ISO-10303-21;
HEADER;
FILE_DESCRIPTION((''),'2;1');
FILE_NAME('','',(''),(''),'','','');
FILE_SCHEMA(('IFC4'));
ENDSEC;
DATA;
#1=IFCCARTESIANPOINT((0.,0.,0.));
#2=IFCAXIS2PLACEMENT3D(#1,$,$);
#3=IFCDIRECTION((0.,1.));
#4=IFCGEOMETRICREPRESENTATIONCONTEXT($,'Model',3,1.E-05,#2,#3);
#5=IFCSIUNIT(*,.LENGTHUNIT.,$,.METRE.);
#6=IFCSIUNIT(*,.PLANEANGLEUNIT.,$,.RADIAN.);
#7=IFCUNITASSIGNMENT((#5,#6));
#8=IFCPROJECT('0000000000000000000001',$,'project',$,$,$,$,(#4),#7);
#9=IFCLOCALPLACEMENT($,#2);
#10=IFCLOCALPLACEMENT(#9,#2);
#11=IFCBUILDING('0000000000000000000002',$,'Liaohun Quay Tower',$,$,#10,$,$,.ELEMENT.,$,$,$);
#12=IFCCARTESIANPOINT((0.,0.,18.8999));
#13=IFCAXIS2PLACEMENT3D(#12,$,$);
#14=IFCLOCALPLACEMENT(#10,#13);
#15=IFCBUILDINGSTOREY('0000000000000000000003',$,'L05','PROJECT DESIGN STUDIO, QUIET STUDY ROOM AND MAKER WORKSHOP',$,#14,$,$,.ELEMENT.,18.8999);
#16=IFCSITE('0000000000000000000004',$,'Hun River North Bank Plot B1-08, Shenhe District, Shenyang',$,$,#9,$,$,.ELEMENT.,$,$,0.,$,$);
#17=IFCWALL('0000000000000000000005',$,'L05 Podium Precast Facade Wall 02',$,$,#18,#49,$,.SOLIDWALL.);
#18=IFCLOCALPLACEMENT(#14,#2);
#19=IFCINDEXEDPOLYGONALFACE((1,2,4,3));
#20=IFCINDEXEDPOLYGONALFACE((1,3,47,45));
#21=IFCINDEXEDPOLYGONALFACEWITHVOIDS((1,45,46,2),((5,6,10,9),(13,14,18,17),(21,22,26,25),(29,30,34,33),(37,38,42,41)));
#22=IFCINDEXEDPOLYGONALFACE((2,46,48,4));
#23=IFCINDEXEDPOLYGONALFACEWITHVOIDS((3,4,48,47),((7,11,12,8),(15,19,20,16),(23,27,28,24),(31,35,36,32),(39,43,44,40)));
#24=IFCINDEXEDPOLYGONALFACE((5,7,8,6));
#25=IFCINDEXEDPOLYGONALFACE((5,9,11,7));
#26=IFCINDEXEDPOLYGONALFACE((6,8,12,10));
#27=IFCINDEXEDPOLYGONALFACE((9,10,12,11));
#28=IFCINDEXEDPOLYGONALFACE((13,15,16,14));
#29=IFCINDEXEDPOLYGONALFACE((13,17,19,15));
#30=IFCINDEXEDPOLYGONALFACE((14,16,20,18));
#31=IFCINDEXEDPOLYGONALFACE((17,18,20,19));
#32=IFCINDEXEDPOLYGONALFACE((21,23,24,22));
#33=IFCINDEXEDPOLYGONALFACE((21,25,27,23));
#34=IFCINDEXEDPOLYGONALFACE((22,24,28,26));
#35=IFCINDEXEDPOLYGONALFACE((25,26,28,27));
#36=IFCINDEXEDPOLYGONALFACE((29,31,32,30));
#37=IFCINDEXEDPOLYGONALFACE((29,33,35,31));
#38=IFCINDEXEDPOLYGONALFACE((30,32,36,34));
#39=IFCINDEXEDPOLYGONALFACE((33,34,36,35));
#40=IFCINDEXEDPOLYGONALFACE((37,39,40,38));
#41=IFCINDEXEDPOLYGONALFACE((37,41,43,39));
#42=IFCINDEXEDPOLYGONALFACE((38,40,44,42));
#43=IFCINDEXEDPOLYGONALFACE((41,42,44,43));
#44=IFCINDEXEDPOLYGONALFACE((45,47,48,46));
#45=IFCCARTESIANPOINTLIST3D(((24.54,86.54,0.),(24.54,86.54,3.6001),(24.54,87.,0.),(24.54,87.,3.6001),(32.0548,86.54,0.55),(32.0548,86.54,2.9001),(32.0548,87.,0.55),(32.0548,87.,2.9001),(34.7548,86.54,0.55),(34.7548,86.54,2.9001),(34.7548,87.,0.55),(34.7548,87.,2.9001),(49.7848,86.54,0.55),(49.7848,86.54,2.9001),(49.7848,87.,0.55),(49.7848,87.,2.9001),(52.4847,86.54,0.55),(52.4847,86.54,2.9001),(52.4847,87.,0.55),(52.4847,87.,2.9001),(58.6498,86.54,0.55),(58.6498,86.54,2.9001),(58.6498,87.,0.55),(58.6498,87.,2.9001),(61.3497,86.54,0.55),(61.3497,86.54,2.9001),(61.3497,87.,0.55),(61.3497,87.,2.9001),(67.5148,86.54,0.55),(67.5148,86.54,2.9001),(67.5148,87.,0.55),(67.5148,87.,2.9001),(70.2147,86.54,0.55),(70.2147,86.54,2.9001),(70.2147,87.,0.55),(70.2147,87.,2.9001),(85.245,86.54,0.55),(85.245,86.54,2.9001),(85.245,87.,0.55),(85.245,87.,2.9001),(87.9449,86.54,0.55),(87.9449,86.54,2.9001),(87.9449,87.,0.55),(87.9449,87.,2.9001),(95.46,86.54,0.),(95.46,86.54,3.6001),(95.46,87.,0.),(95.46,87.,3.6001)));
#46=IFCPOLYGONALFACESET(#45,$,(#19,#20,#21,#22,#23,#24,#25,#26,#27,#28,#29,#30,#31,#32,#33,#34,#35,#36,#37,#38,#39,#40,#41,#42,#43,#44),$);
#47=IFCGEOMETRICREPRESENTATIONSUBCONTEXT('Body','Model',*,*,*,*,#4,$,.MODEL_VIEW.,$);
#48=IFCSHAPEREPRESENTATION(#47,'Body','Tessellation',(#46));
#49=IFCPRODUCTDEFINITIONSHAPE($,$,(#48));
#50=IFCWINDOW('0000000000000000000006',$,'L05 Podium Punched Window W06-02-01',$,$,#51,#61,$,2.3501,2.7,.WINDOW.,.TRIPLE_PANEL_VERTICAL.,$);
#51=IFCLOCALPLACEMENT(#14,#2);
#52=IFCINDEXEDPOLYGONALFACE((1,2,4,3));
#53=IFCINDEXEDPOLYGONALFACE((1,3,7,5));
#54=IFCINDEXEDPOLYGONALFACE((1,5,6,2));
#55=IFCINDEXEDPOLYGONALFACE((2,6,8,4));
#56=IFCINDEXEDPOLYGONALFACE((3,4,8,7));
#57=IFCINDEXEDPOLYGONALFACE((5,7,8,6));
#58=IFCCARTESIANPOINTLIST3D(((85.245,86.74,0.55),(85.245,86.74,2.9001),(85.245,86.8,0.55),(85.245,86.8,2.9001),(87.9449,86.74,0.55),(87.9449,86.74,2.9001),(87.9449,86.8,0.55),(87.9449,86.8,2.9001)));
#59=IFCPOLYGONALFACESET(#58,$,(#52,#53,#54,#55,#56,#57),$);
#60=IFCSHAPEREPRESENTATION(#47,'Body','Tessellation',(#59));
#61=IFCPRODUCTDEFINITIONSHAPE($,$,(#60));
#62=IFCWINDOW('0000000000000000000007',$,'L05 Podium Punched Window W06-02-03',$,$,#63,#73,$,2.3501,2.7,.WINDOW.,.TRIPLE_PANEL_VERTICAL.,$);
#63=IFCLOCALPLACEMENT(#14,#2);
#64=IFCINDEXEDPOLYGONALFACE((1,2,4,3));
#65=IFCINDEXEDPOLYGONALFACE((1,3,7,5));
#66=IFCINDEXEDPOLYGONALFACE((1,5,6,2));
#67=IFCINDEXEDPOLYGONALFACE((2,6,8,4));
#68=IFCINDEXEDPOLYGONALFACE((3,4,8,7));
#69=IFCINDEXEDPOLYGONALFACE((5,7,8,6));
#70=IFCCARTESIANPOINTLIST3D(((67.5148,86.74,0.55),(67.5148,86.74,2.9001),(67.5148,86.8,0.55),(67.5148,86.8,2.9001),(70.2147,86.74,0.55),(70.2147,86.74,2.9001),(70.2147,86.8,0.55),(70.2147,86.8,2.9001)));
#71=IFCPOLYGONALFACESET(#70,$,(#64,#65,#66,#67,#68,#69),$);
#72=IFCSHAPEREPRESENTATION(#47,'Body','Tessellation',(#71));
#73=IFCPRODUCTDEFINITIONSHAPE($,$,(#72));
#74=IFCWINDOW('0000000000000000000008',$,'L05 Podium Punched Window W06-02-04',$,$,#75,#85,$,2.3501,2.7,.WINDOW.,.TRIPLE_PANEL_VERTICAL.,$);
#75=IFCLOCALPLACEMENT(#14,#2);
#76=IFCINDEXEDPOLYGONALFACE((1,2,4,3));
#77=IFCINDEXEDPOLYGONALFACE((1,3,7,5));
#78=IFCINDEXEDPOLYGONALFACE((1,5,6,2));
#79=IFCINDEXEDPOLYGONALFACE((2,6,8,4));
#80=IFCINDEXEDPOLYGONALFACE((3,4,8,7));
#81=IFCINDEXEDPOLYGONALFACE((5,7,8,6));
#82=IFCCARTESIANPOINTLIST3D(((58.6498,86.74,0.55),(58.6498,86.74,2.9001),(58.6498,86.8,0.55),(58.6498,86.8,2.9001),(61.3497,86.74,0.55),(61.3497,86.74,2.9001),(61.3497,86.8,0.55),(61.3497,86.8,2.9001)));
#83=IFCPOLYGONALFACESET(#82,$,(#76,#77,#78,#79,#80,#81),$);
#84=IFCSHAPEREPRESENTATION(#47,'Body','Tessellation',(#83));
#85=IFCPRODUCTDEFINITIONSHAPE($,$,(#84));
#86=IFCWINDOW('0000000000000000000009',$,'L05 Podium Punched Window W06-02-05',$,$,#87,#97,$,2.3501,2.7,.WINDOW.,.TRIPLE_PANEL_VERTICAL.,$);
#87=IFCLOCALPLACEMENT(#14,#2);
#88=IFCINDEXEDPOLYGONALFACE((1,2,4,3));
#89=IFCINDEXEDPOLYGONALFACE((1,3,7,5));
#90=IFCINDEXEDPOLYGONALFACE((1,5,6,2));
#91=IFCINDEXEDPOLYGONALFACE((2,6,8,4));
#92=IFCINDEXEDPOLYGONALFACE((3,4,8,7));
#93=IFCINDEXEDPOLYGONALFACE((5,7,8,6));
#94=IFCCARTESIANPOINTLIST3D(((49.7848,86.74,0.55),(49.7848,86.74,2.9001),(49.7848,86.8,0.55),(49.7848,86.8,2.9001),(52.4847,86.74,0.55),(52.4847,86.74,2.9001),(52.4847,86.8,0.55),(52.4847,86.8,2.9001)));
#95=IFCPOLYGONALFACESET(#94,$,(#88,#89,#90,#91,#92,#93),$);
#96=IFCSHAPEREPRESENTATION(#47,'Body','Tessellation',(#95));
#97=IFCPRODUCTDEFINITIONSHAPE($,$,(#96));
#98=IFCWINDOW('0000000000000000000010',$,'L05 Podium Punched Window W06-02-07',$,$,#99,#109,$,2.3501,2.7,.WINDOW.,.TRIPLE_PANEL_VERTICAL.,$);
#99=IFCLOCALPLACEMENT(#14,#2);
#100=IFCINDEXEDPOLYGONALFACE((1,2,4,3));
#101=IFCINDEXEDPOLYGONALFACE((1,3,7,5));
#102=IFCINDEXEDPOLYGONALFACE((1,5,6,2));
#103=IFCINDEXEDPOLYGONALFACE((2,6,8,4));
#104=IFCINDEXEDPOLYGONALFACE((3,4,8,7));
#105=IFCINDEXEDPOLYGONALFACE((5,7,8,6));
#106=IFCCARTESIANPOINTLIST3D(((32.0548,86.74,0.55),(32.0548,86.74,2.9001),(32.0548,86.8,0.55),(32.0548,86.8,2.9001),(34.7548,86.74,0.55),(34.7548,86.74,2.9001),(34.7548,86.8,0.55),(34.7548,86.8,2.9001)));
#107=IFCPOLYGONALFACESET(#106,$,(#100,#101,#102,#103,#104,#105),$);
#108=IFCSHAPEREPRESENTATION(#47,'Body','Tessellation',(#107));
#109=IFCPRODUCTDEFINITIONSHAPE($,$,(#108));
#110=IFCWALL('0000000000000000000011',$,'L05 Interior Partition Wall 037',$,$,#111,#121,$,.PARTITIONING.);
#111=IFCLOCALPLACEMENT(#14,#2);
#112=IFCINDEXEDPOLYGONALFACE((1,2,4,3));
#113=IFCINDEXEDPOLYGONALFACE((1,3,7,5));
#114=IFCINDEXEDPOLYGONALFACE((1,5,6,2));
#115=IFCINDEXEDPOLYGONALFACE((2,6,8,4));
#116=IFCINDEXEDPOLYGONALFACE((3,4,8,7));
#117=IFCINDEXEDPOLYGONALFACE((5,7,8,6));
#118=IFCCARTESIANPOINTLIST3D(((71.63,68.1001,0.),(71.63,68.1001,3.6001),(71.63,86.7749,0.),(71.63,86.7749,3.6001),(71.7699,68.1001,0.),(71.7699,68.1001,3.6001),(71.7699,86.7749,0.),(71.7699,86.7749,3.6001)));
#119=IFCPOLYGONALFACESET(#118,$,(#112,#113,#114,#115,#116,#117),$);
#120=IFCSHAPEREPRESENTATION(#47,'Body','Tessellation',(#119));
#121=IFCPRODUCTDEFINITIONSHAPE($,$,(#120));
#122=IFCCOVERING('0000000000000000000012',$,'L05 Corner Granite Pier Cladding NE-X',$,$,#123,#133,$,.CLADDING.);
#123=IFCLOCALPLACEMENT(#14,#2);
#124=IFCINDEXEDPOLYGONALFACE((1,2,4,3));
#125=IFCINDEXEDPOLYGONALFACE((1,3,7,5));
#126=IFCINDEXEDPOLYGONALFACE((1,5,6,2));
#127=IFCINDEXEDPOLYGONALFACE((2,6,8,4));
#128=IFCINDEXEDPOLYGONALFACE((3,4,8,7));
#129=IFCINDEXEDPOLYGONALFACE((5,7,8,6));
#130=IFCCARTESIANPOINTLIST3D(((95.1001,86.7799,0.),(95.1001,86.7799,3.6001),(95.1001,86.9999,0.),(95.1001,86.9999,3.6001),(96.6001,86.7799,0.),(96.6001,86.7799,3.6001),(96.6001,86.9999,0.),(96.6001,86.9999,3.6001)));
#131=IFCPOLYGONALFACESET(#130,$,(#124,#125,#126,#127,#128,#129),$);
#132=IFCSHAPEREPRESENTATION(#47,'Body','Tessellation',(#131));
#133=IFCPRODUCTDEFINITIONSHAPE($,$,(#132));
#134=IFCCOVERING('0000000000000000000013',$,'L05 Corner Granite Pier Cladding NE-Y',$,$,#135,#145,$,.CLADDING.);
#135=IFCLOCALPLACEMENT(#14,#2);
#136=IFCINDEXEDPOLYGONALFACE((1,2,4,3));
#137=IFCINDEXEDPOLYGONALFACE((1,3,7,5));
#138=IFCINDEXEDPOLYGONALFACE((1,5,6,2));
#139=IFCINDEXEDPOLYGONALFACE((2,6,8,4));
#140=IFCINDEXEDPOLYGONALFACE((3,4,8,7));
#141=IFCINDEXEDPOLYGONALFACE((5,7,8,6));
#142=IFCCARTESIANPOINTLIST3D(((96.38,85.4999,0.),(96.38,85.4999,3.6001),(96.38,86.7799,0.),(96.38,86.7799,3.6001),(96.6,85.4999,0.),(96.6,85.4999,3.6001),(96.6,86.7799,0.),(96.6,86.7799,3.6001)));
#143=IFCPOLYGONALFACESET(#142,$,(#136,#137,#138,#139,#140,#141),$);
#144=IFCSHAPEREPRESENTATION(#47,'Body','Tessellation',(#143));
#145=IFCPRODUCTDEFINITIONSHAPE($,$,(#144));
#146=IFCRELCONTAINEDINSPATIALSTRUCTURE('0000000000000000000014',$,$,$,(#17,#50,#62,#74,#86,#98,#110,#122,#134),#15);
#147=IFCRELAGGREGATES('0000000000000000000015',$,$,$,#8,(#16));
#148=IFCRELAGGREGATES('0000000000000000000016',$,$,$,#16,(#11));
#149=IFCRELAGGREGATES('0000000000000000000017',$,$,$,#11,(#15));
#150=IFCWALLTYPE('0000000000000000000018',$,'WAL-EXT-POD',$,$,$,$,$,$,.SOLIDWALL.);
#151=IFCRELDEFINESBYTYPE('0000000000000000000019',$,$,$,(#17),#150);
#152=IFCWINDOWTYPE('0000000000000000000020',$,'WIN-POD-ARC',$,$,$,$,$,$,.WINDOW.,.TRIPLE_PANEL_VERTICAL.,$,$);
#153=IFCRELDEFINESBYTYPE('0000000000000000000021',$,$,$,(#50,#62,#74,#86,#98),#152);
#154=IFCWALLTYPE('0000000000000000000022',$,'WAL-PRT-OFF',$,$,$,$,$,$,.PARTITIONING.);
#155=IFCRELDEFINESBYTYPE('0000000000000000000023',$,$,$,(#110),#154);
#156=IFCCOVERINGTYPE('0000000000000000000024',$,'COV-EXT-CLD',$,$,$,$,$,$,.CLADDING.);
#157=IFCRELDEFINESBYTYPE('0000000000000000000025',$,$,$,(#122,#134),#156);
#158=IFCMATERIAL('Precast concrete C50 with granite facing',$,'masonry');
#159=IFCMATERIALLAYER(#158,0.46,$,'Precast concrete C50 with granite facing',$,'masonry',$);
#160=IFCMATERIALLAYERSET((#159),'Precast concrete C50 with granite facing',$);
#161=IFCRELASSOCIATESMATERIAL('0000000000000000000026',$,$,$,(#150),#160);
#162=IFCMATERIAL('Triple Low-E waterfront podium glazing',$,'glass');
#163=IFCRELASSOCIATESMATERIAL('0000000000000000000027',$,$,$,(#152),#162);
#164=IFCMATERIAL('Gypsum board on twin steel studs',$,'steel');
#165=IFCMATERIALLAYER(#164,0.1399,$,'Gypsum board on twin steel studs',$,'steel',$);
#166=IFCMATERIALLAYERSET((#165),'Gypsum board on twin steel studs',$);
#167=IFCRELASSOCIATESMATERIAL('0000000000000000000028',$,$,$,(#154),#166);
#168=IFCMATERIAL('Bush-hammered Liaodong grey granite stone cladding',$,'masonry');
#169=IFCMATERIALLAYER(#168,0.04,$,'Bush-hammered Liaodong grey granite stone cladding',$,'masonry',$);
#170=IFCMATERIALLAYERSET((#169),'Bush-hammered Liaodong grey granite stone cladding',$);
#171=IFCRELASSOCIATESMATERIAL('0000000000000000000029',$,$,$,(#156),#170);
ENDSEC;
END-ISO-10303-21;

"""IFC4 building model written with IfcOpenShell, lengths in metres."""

from ifc_helpers import new_model, si_unit, direction, frame, frame_2d, origin, origin_2d, place, context, subcontext, project, spatial, rectangle, extrude, source, transform, mapped, material, layer, layer_set, type_object, element, fill, save


model = new_model("IFC4")

# Units and contexts
model_context = context("Model", 3, precision=1e-05, world=origin(), true_north=direction((0.0, 1.0)))
body_context = subcontext(model_context, "Body", "Model", "MODEL_VIEW")
ifc_project = project(units=[si_unit("LENGTHUNIT", "METRE"), si_unit("PLANEANGLEUNIT", "RADIAN")], contexts=[model_context])

# Site, building, storey
site_placement = place(None, origin())
site = spatial("IfcSite", under=ifc_project, at=site_placement, Name="Hun River North Bank Plot B1-08, Shenhe District, Shenyang", CompositionType="ELEMENT", RefElevation=0.0)
building_placement = place(site_placement, origin())
building = spatial("IfcBuilding", under=site, at=building_placement, Name="Liaohun Quay Tower", CompositionType="ELEMENT")
storey_placement = place(building_placement, frame((0.0, 0.0, 18.8999)))
storey = spatial("IfcBuildingStorey", under=building, at=storey_placement, Name="L05", Description="PROJECT DESIGN STUDIO, QUIET STUDY ROOM AND MAKER WORKSHOP", CompositionType="ELEMENT", Elevation=18.8999)

# Wall, openings, windows
ifc_material_1 = material(Name="Precast concrete C50 with granite facing", Category="masonry")
ifc_layer_1 = layer(ifc_material_1, 0.46, Name="Precast concrete C50 with granite facing", Category="masonry")
ifc_layer_set_1 = layer_set([ifc_layer_1], Name="Precast concrete C50 with granite facing")
wall_type_1 = type_object("IfcWallType", Name="WAL-EXT-POD", PredefinedType="SOLIDWALL", material=ifc_layer_set_1)
wall_1_placement = place(storey_placement, frame((95.46, 86.77, 0.0), z_axis=(0.0, 0.0, 1.0), x_axis=(-1.0, 0.0, 0.0)))
wall_1 = element("IfcWall", 1, at=wall_1_placement, inside=storey, type_object=wall_type_1, Name="L05 Podium Precast Facade Wall 02", PredefinedType="SOLIDWALL", context=body_context, shape_type="SweptSolid", body=[
    extrude(rectangle(XDim=70.9199, YDim=0.46, at=frame_2d((35.46, 0.0))), origin(), (0.0, 0.0, 1.0), 3.6001),
])
shared_shape_1 = source(origin(), body_context, "Body", "SweptSolid", [
    extrude(rectangle(XDim=2.7, YDim=2.3501, at=frame_2d((1.3501, 1.175))), frame((0.0, 0.24, 0.0), z_axis=(0.0, -1.0, 0.0), x_axis=(1.0, 0.0, 0.0)), (0.0, 0.0, 1.0), 0.48),
])
opening_1_placement = place(wall_1_placement, frame((7.5149, 0.0, 0.55)))
opening_1 = element("IfcOpeningElement", 2, at=opening_1_placement, cuts=wall_1, PredefinedType="OPENING", context=body_context, shape_type="MappedRepresentation", body=[
    mapped(shared_shape_1, transform((0.0, 0.0, 0.0), x_axis=(1.0, 0.0, 0.0), y_axis=(0.0, 1.0, 0.0), z_axis=(0.0, 0.0, 1.0), scale=1.0)),
])
opening_2_placement = place(wall_1_placement, frame((25.2451, 0.0, 0.55)))
opening_2 = element("IfcOpeningElement", 3, at=opening_2_placement, cuts=wall_1, PredefinedType="OPENING", context=body_context, shape_type="MappedRepresentation", body=[
    mapped(shared_shape_1, transform((0.0, 0.0, 0.0), x_axis=(1.0, 0.0, 0.0), y_axis=(0.0, 1.0, 0.0), z_axis=(0.0, 0.0, 1.0), scale=1.0)),
])
opening_3_placement = place(wall_1_placement, frame((34.1101, 0.0, 0.55)))
opening_3 = element("IfcOpeningElement", 4, at=opening_3_placement, cuts=wall_1, PredefinedType="OPENING", context=body_context, shape_type="MappedRepresentation", body=[
    mapped(shared_shape_1, transform((0.0, 0.0, 0.0), x_axis=(1.0, 0.0, 0.0), y_axis=(0.0, 1.0, 0.0), z_axis=(0.0, 0.0, 1.0), scale=1.0)),
])
opening_4_placement = place(wall_1_placement, frame((42.9751, 0.0, 0.55)))
opening_4 = element("IfcOpeningElement", 5, at=opening_4_placement, cuts=wall_1, PredefinedType="OPENING", context=body_context, shape_type="MappedRepresentation", body=[
    mapped(shared_shape_1, transform((0.0, 0.0, 0.0), x_axis=(1.0, 0.0, 0.0), y_axis=(0.0, 1.0, 0.0), z_axis=(0.0, 0.0, 1.0), scale=1.0)),
])
opening_5_placement = place(wall_1_placement, frame((60.7051, 0.0, 0.55)))
opening_5 = element("IfcOpeningElement", 6, at=opening_5_placement, cuts=wall_1, PredefinedType="OPENING", context=body_context, shape_type="MappedRepresentation", body=[
    mapped(shared_shape_1, transform((0.0, 0.0, 0.0), x_axis=(1.0, 0.0, 0.0), y_axis=(0.0, 1.0, 0.0), z_axis=(0.0, 0.0, 1.0), scale=1.0)),
])
ifc_material_2 = material(Name="Triple Low-E waterfront podium glazing", Category="glass")
window_type = type_object("IfcWindowType", Name="WIN-POD-ARC", PartitioningType="TRIPLE_PANEL_VERTICAL", PredefinedType="WINDOW", material=ifc_material_2)
shared_shape_2 = source(origin(), body_context, "Body", "SweptSolid", [
    extrude(rectangle(XDim=2.7, YDim=2.3501, at=frame_2d((1.3501, 1.175))), frame((0.0, 0.03, 0.0), z_axis=(0.0, -1.0, 0.0), x_axis=(1.0, 0.0, 0.0)), (0.0, 0.0, 1.0), 0.0601),
])
window_1_placement = place(opening_1_placement, origin())
window_1 = element("IfcWindow", 7, at=window_1_placement, inside=storey, type_object=window_type, Name="L05 Podium Punched Window W06-02-01", OverallHeight=2.3501, OverallWidth=2.7, PartitioningType="TRIPLE_PANEL_VERTICAL", PredefinedType="WINDOW", context=body_context, shape_type="MappedRepresentation", body=[
    mapped(shared_shape_2, transform((0.0, 0.0, 0.0), x_axis=(1.0, 0.0, 0.0), y_axis=(0.0, 1.0, 0.0), z_axis=(0.0, 0.0, 1.0), scale=1.0)),
])
fill(opening_1, window_1)
window_2_placement = place(opening_2_placement, origin())
window_2 = element("IfcWindow", 8, at=window_2_placement, inside=storey, type_object=window_type, Name="L05 Podium Punched Window W06-02-03", OverallHeight=2.3501, OverallWidth=2.7, PartitioningType="TRIPLE_PANEL_VERTICAL", PredefinedType="WINDOW", context=body_context, shape_type="MappedRepresentation", body=[
    mapped(shared_shape_2, transform((0.0, 0.0, 0.0), x_axis=(1.0, 0.0, 0.0), y_axis=(0.0, 1.0, 0.0), z_axis=(0.0, 0.0, 1.0), scale=1.0)),
])
fill(opening_2, window_2)
window_3_placement = place(opening_3_placement, origin())
window_3 = element("IfcWindow", 9, at=window_3_placement, inside=storey, type_object=window_type, Name="L05 Podium Punched Window W06-02-04", OverallHeight=2.3501, OverallWidth=2.7, PartitioningType="TRIPLE_PANEL_VERTICAL", PredefinedType="WINDOW", context=body_context, shape_type="MappedRepresentation", body=[
    mapped(shared_shape_2, transform((0.0, 0.0, 0.0), x_axis=(1.0, 0.0, 0.0), y_axis=(0.0, 1.0, 0.0), z_axis=(0.0, 0.0, 1.0), scale=1.0)),
])
fill(opening_3, window_3)
window_4_placement = place(opening_4_placement, origin())
window_4 = element("IfcWindow", 10, at=window_4_placement, inside=storey, type_object=window_type, Name="L05 Podium Punched Window W06-02-05", OverallHeight=2.3501, OverallWidth=2.7, PartitioningType="TRIPLE_PANEL_VERTICAL", PredefinedType="WINDOW", context=body_context, shape_type="MappedRepresentation", body=[
    mapped(shared_shape_2, transform((0.0, 0.0, 0.0), x_axis=(1.0, 0.0, 0.0), y_axis=(0.0, 1.0, 0.0), z_axis=(0.0, 0.0, 1.0), scale=1.0)),
])
fill(opening_4, window_4)
window_5_placement = place(opening_5_placement, origin())
window_5 = element("IfcWindow", 11, at=window_5_placement, inside=storey, type_object=window_type, Name="L05 Podium Punched Window W06-02-07", OverallHeight=2.3501, OverallWidth=2.7, PartitioningType="TRIPLE_PANEL_VERTICAL", PredefinedType="WINDOW", context=body_context, shape_type="MappedRepresentation", body=[
    mapped(shared_shape_2, transform((0.0, 0.0, 0.0), x_axis=(1.0, 0.0, 0.0), y_axis=(0.0, 1.0, 0.0), z_axis=(0.0, 0.0, 1.0), scale=1.0)),
])
fill(opening_5, window_5)

# Wall
ifc_material_3 = material(Name="Gypsum board on twin steel studs", Category="steel")
ifc_layer_2 = layer(ifc_material_3, 0.1399, Name="Gypsum board on twin steel studs", Category="steel")
ifc_layer_set_2 = layer_set([ifc_layer_2], Name="Gypsum board on twin steel studs")
wall_type_2 = type_object("IfcWallType", Name="WAL-PRT-OFF", PredefinedType="PARTITIONING", material=ifc_layer_set_2)
wall_2_placement = place(storey_placement, frame((71.7, 68.1001, 0.0), z_axis=(0.0, 0.0, 1.0), x_axis=(0.0, 1.0, 0.0)))
element("IfcWall", 12, at=wall_2_placement, inside=storey, type_object=wall_type_2, Name="L05 Interior Partition Wall 037", PredefinedType="PARTITIONING", context=body_context, shape_type="SweptSolid", body=[
    extrude(rectangle(XDim=18.6748, YDim=0.1399, at=frame_2d((9.3374, 0.0))), origin(), (0.0, 0.0, 1.0), 3.6001),
])

# Coverings
ifc_material_4 = material(Name="Bush-hammered Liaodong grey granite stone cladding", Category="masonry")
ifc_layer_3 = layer(ifc_material_4, 0.04, Name="Bush-hammered Liaodong grey granite stone cladding", Category="masonry")
ifc_layer_set_3 = layer_set([ifc_layer_3], Name="Bush-hammered Liaodong grey granite stone cladding")
covering_type = type_object("IfcCoveringType", Name="COV-EXT-CLD", PredefinedType="CLADDING", material=ifc_layer_set_3)
shared_shape_3 = source(origin(), body_context, "Body", "SweptSolid", [
    extrude(rectangle(XDim=1.5, YDim=0.22, at=origin_2d()), origin(), (0.0, 0.0, 1.0), 3.6001),
])
covering_1_placement = place(storey_placement, frame((95.8501, 86.8899, 0.0), z_axis=(0.0, 0.0, 1.0), x_axis=(1.0, 0.0, 0.0)))
element("IfcCovering", 13, at=covering_1_placement, inside=storey, type_object=covering_type, Name="L05 Corner Granite Pier Cladding NE-X", PredefinedType="CLADDING", context=body_context, shape_type="MappedRepresentation", body=[
    mapped(shared_shape_3, transform((0.0, 0.0, 0.0), x_axis=(1.0, 0.0, 0.0), y_axis=(0.0, 1.0, 0.0), z_axis=(0.0, 0.0, 1.0), scale=1.0)),
])
shared_shape_4 = source(origin(), body_context, "Body", "SweptSolid", [
    extrude(rectangle(XDim=0.22, YDim=1.28, at=origin_2d()), origin(), (0.0, 0.0, 1.0), 3.6001),
])
covering_2_placement = place(storey_placement, frame((96.49, 86.1399, 0.0), z_axis=(0.0, 0.0, 1.0), x_axis=(1.0, 0.0, 0.0)))
element("IfcCovering", 14, at=covering_2_placement, inside=storey, type_object=covering_type, Name="L05 Corner Granite Pier Cladding NE-Y", PredefinedType="CLADDING", context=body_context, shape_type="MappedRepresentation", body=[
    mapped(shared_shape_4, transform((0.0, 0.0, 0.0), x_axis=(1.0, 0.0, 0.0), y_axis=(0.0, 1.0, 0.0), z_axis=(0.0, 0.0, 1.0), scale=1.0)),
])

save(model, "model.ifc")
